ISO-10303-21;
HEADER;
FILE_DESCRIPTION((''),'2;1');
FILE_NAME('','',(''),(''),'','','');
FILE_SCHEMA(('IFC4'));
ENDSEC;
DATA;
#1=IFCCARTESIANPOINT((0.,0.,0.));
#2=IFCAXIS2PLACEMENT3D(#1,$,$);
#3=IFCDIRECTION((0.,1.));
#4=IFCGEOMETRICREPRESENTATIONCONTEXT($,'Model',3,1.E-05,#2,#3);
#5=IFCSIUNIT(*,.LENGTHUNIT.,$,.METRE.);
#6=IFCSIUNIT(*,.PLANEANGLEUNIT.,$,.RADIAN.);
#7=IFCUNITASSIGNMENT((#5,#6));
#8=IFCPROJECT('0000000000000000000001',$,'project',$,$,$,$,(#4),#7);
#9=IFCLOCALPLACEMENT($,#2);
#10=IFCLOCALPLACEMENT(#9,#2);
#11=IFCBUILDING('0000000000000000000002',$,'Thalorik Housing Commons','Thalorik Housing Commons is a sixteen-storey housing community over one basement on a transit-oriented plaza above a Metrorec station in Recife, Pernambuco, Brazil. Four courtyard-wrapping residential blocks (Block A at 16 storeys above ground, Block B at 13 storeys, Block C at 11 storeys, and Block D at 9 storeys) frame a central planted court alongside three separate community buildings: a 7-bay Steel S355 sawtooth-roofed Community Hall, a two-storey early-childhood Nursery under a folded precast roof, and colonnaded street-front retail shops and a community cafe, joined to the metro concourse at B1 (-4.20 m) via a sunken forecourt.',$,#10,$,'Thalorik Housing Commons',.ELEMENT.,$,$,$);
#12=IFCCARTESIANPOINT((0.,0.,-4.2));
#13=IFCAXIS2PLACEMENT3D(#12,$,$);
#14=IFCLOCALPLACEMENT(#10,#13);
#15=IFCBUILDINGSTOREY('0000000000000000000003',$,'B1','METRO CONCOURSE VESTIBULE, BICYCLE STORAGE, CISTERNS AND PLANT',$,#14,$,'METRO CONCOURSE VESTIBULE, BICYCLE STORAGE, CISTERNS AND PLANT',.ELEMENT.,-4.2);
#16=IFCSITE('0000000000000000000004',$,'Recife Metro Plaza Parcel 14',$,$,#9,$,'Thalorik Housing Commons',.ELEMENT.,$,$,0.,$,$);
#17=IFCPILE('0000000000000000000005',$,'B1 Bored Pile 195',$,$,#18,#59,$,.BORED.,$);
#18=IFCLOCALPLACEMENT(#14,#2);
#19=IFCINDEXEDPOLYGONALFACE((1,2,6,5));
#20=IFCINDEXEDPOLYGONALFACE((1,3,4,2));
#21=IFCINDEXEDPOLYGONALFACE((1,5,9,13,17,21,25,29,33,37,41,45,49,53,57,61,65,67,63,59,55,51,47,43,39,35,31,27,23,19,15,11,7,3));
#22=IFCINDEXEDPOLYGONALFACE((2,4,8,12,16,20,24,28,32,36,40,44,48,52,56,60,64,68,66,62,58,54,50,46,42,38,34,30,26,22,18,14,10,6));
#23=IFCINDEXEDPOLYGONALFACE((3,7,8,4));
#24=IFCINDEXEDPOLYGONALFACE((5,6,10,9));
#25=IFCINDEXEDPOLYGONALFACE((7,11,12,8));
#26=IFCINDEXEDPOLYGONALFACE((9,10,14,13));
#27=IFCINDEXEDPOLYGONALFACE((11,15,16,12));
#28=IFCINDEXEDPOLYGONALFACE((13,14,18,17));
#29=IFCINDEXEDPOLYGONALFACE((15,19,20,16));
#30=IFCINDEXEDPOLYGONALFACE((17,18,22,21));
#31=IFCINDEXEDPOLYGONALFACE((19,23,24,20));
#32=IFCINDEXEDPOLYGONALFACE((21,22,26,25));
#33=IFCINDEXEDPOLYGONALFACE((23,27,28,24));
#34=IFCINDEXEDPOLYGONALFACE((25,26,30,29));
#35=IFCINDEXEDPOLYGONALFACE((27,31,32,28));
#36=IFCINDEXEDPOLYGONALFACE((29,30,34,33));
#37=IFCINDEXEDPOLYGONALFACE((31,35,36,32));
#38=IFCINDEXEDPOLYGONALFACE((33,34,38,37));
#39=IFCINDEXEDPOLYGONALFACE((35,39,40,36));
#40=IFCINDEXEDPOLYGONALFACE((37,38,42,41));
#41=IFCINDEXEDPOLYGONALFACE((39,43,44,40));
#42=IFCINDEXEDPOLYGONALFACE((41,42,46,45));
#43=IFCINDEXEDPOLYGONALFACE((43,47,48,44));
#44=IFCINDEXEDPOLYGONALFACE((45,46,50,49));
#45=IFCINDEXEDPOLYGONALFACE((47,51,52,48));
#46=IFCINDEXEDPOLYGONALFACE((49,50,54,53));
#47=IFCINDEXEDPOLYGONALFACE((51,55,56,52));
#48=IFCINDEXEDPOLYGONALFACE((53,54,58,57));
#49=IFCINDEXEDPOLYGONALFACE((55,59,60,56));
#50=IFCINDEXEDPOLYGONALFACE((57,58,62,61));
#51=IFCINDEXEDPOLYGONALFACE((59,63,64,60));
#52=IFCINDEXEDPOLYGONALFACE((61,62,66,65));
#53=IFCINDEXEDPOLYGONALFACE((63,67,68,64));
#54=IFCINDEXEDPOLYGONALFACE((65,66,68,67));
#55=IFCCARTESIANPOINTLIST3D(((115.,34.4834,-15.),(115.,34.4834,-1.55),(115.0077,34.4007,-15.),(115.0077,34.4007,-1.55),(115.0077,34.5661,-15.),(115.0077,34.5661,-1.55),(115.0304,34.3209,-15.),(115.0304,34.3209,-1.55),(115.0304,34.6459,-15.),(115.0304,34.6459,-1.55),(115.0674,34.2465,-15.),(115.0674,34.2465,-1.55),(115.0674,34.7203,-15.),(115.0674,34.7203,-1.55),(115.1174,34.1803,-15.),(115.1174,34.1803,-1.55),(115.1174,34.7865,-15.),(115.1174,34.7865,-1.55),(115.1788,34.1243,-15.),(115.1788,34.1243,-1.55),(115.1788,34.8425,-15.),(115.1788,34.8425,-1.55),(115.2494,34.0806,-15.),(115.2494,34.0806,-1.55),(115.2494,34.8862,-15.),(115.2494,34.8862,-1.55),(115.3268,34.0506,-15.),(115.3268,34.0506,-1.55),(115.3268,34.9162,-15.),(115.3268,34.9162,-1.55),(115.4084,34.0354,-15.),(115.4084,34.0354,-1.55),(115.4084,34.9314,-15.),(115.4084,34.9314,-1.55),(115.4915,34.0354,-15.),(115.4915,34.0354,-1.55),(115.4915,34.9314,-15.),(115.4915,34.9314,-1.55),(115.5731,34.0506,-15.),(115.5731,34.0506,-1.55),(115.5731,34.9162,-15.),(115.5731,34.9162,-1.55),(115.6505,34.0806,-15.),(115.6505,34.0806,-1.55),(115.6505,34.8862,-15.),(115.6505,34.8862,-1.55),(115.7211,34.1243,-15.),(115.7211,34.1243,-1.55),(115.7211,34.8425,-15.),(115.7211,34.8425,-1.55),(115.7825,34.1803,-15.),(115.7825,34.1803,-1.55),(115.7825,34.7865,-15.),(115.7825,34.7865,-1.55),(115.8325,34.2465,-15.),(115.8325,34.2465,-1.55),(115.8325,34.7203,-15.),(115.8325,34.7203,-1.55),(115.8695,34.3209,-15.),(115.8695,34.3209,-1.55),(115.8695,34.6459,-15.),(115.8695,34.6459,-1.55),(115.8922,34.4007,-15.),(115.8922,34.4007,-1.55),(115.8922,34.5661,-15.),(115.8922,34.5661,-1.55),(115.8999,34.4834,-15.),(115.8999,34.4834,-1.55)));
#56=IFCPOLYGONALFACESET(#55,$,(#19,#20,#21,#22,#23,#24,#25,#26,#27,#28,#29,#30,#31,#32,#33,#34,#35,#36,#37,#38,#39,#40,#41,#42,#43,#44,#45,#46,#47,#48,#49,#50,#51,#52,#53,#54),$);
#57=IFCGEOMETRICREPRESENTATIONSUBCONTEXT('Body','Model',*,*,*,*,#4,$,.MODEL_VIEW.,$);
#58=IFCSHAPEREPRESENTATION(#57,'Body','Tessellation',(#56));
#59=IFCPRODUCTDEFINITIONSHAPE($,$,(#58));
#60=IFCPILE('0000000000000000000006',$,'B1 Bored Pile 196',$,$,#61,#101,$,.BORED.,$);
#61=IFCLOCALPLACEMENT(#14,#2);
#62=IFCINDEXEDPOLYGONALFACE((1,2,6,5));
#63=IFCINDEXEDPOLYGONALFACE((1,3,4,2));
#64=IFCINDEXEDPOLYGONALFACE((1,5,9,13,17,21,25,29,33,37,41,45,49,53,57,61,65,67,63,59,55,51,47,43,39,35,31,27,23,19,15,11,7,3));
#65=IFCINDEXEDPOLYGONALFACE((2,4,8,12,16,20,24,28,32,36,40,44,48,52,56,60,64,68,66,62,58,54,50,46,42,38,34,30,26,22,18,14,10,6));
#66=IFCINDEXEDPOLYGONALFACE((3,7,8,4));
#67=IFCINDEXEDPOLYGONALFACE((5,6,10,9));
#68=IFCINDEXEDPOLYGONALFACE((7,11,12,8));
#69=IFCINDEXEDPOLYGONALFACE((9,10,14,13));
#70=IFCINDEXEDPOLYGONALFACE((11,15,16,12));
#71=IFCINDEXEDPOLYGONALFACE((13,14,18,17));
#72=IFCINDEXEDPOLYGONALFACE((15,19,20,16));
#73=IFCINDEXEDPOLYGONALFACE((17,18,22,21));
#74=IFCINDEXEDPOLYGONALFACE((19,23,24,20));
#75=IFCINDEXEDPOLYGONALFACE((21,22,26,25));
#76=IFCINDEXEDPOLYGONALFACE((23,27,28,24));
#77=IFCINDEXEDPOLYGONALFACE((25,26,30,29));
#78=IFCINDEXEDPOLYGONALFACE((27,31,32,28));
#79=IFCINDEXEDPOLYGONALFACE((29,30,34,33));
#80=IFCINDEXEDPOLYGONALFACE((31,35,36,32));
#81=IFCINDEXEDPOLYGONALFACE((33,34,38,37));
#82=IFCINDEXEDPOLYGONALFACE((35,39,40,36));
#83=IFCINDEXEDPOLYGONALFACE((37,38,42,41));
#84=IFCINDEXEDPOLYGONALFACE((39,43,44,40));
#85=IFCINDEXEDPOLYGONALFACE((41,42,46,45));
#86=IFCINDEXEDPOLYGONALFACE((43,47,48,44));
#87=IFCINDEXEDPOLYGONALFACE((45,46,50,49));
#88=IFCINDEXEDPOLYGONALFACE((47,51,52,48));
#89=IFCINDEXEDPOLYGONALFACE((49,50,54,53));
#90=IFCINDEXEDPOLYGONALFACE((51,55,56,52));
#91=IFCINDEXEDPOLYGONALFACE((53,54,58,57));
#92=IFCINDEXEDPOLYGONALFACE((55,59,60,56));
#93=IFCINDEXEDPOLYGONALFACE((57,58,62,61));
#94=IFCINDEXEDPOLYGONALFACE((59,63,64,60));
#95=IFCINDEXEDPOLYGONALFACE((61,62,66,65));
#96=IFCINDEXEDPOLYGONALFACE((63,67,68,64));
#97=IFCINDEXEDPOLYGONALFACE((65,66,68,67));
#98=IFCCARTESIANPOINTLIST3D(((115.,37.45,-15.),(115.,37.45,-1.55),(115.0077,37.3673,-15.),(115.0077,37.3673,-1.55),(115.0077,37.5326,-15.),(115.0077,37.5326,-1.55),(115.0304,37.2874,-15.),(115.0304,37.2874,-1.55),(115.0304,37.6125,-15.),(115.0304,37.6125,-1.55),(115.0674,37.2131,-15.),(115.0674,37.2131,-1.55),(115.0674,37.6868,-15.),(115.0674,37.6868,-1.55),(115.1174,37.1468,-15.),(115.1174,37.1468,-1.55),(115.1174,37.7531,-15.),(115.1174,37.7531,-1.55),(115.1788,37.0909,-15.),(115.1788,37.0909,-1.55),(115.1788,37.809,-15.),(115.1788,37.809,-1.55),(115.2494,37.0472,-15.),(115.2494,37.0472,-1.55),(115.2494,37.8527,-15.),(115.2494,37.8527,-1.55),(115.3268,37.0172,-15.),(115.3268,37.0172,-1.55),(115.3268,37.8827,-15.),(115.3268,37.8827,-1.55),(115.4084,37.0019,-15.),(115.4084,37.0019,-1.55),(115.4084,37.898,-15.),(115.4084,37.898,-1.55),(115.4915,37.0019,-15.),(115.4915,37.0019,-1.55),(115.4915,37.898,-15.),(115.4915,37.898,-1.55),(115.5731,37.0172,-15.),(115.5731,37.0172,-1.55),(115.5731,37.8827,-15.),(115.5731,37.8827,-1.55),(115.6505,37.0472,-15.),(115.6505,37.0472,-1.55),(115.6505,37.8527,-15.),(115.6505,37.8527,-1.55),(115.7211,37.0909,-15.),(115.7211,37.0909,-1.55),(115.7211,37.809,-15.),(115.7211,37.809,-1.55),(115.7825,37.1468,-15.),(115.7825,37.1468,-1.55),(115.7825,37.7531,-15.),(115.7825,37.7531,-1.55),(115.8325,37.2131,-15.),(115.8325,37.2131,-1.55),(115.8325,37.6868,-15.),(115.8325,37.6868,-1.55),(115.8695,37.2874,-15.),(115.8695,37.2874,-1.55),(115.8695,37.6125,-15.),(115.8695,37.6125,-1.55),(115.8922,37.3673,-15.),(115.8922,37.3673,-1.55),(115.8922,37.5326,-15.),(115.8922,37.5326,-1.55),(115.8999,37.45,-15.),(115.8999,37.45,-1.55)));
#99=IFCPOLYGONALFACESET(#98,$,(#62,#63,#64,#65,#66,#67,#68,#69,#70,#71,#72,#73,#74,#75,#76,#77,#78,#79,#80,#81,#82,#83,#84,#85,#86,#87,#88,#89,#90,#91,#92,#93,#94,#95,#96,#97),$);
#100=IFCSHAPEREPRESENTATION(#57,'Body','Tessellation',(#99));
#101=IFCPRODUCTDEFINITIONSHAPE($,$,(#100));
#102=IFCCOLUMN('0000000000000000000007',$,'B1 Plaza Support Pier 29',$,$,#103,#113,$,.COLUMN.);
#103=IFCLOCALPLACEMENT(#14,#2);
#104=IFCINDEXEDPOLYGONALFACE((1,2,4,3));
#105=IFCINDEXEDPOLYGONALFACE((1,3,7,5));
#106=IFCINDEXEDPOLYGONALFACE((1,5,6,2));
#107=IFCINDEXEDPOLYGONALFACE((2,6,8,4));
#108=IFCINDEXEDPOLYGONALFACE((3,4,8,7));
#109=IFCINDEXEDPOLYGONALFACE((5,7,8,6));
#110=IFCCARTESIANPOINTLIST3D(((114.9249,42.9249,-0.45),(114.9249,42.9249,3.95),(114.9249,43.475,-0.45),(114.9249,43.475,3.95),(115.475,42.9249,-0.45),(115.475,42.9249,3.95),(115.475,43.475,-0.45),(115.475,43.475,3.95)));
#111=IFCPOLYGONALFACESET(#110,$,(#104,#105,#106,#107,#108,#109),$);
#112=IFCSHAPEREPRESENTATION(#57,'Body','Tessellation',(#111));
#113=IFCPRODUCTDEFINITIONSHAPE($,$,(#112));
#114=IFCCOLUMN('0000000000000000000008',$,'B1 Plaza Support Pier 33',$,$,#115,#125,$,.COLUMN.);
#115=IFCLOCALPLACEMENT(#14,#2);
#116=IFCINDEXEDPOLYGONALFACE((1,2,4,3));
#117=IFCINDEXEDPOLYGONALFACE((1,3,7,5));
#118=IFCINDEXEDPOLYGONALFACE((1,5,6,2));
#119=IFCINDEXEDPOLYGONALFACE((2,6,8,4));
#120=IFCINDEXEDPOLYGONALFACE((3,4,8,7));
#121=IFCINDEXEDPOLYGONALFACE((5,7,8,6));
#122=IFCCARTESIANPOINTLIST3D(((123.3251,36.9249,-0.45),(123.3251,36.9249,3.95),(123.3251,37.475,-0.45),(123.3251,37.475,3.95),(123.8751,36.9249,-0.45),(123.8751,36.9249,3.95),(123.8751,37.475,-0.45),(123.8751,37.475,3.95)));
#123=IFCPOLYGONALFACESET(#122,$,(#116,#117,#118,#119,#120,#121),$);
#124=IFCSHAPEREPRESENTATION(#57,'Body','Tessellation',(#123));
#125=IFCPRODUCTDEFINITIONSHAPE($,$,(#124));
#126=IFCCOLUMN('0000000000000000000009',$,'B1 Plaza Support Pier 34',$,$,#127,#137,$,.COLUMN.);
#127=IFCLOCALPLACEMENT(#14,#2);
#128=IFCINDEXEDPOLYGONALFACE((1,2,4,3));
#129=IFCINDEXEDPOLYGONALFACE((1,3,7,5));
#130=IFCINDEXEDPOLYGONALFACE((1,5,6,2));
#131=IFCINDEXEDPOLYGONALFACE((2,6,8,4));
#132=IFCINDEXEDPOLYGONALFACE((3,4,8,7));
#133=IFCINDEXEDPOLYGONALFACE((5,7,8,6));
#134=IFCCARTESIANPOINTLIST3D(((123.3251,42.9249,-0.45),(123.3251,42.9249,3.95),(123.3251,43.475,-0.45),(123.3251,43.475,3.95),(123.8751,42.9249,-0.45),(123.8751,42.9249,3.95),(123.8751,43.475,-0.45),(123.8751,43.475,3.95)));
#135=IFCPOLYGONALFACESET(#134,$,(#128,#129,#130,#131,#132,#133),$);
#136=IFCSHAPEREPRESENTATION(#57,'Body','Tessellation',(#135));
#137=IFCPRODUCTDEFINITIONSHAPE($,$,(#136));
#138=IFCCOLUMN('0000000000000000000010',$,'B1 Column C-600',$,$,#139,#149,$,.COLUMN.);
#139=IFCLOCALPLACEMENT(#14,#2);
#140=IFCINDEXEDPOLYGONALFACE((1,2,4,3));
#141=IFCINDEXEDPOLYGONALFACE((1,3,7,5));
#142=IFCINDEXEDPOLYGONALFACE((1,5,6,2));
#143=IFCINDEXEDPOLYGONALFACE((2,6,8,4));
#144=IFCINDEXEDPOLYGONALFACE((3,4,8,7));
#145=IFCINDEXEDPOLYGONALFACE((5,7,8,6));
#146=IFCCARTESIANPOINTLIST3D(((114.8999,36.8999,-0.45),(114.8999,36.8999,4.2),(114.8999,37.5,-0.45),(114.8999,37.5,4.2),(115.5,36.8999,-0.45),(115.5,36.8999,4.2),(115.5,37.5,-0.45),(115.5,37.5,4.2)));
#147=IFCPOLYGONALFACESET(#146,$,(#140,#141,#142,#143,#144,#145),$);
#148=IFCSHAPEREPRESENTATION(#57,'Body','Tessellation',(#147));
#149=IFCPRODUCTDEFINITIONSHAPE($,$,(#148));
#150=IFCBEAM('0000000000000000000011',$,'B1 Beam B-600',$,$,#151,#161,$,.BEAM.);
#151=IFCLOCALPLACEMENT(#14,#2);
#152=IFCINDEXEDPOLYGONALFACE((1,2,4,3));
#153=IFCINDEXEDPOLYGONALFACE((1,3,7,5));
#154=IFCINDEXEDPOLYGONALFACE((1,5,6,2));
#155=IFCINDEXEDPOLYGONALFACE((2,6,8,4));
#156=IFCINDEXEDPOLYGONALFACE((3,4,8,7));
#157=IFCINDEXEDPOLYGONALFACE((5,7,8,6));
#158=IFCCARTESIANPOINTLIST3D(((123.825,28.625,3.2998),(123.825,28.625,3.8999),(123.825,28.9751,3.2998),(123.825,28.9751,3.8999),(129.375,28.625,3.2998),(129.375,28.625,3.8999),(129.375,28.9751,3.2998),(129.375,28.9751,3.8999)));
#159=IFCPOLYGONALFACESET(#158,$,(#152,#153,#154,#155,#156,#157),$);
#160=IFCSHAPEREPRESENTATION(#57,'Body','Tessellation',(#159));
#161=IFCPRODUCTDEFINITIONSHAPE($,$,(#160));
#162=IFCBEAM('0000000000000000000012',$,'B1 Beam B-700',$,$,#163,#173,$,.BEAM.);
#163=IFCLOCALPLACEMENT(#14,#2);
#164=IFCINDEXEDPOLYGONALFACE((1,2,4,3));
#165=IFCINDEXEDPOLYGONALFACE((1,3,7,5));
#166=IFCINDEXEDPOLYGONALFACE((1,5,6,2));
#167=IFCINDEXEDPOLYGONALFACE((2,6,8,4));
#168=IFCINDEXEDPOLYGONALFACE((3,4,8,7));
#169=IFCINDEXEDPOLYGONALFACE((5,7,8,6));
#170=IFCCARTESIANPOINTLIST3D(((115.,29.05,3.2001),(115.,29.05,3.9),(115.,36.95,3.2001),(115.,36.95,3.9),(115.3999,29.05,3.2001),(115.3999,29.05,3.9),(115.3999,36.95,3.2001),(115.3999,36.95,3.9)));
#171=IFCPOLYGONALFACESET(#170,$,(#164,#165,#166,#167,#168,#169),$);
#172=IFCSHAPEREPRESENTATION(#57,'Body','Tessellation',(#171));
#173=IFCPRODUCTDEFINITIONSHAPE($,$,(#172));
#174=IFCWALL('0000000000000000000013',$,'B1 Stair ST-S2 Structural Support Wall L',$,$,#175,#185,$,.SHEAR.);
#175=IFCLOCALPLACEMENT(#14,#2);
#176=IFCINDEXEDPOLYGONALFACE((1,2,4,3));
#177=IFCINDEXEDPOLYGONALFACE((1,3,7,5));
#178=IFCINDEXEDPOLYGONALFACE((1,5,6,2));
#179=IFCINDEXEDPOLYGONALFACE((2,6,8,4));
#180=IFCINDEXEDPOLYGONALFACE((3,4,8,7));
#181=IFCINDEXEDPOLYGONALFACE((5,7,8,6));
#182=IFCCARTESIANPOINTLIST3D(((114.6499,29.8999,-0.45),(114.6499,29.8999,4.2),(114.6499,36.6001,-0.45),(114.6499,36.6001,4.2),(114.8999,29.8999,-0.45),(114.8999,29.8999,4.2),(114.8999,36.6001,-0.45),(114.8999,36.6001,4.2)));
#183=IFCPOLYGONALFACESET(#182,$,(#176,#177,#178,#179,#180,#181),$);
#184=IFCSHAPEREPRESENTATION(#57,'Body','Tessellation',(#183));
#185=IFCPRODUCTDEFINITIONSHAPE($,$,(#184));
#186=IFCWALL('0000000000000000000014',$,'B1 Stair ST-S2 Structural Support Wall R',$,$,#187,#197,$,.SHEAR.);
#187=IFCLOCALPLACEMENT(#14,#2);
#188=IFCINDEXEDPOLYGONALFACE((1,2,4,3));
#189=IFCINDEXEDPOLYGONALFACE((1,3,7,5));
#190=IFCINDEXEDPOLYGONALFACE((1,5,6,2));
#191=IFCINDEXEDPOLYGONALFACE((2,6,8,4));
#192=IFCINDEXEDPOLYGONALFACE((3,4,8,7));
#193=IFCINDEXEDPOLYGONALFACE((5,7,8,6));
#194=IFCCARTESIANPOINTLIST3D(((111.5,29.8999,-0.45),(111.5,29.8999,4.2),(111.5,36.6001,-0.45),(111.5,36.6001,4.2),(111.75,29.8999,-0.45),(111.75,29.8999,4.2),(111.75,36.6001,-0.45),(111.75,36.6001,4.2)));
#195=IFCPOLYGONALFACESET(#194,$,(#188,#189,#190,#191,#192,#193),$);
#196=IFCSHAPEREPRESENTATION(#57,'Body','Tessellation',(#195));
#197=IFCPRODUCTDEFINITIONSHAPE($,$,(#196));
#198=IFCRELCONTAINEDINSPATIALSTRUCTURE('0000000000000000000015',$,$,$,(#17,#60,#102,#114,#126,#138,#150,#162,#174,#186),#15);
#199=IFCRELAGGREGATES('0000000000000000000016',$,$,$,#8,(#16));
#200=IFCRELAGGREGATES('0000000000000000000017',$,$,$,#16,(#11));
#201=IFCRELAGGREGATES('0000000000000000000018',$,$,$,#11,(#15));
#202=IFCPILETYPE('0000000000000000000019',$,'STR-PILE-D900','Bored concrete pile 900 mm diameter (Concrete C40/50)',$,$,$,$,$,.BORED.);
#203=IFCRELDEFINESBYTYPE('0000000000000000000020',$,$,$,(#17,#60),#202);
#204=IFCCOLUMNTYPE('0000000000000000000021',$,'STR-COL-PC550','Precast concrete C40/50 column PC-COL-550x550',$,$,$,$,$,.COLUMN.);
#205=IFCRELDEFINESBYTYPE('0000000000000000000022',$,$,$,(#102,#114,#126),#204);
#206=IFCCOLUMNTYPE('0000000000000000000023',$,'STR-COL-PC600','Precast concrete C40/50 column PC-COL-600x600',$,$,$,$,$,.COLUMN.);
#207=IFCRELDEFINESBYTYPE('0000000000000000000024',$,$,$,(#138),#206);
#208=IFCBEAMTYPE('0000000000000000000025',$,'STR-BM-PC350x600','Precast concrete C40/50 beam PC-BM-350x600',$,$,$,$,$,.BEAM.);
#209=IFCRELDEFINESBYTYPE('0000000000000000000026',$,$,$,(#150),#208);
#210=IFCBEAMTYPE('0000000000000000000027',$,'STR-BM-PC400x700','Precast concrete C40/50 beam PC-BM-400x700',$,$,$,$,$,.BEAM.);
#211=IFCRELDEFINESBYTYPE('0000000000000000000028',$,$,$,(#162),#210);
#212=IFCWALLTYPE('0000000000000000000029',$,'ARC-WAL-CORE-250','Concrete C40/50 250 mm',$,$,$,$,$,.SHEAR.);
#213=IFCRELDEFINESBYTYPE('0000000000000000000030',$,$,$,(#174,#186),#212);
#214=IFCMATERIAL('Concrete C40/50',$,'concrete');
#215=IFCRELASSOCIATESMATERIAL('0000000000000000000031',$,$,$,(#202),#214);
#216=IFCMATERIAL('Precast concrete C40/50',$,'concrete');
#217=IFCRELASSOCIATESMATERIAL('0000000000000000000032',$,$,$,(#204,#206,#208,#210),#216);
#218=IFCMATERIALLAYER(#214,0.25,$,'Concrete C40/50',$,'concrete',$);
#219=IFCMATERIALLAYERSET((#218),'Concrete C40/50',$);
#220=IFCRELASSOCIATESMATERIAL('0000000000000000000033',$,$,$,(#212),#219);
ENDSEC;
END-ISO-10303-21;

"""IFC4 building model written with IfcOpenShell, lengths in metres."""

from ifc_helpers import new_model, si_unit, direction, frame, frame_2d, origin, origin_2d, place, context, subcontext, project, spatial, rectangle, circle, extrude, material, layer, layer_set, material_profile, profile_set, type_object, element, save


model = new_model("IFC4")

# Units and contexts
model_context = context("Model", 3, precision=1e-05, world=origin(), true_north=direction((0.0, 1.0)))
body_context = subcontext(model_context, "Body", "Model", "MODEL_VIEW")
ifc_project = project(units=[si_unit("LENGTHUNIT", "METRE"), si_unit("PLANEANGLEUNIT", "RADIAN")], contexts=[model_context])

# Site, building, storey
site_placement = place(None, origin())
site = spatial("IfcSite", under=ifc_project, at=site_placement, Name="Recife Metro Plaza Parcel 14", LongName="Thalorik Housing Commons", CompositionType="ELEMENT", RefElevation=0.0)
building_placement = place(site_placement, origin())
building = spatial("IfcBuilding", under=site, at=building_placement, Name="Thalorik Housing Commons", Description="Thalorik Housing Commons is a sixteen-storey housing community over one basement on a transit-oriented plaza above a Metrorec station in Recife, Pernambuco, Brazil. Four courtyard-wrapping residential blocks (Block A at 16 storeys above ground, Block B at 13 storeys, Block C at 11 storeys, and Block D at 9 storeys) frame a central planted court alongside three separate community buildings: a 7-bay Steel S355 sawtooth-roofed Community Hall, a two-storey early-childhood Nursery under a folded precast roof, and colonnaded street-front retail shops and a community cafe, joined to the metro concourse at B1 (-4.20 m) via a sunken forecourt.", LongName="Thalorik Housing Commons", CompositionType="ELEMENT")
storey_placement = place(building_placement, frame((0.0, 0.0, -4.2)))
storey = spatial("IfcBuildingStorey", under=building, at=storey_placement, Name="B1", Description="METRO CONCOURSE VESTIBULE, BICYCLE STORAGE, CISTERNS AND PLANT", LongName="METRO CONCOURSE VESTIBULE, BICYCLE STORAGE, CISTERNS AND PLANT", CompositionType="ELEMENT", Elevation=-4.2)

# Shared definitions
ifc_material_1 = material(Name="Concrete C40/50", Category="concrete")

# Piles
ifc_material_profile_1 = material_profile(ifc_material_1, circle(Radius=0.45, at=origin_2d()), Name="BORED PILE D900", Category="concrete")
ifc_profile_set_1 = profile_set([ifc_material_profile_1], Name="Concrete C40/50")
pile_type_1 = type_object("IfcPileType", Name="STR-PILE-D900", Description="Bored concrete pile 900 mm diameter (Concrete C40/50)", PredefinedType="BORED", material=ifc_profile_set_1)
for number, where, z_axis, x_axis, name in (
    (1, (115.45, 34.4834, -1.55), (0.0, 0.0, -1.0), (1.0, 0.0, 0.0), "B1 Bored Pile 195"),
    (2, (115.45, 37.45, -1.55), (0.0, 0.0, -1.0), (1.0, 0.0, 0.0), "B1 Bored Pile 196"),
):
    element("IfcPile", number, at=place(storey_placement, frame(where, z_axis=z_axis, x_axis=x_axis)), inside=storey, type_object=pile_type_1, Name=name, PredefinedType="BORED", context=body_context, shape_type="SweptSolid", body=[
        extrude(circle(Radius=0.45, at=origin_2d()), origin(), (0.0, 0.0, 1.0), 13.45),
    ])

# Columns
ifc_material_2 = material(Name="Precast concrete C40/50", Category="concrete")
ifc_material_profile_2 = material_profile(ifc_material_2, rectangle(XDim=0.55, YDim=0.55, at=origin_2d()), Name="PC 550x550", Category="concrete")
ifc_profile_set_2 = profile_set([ifc_material_profile_2], Name="Precast concrete C40/50")
column_type_1 = type_object("IfcColumnType", Name="STR-COL-PC550", Description="Precast concrete C40/50 column PC-COL-550x550", PredefinedType="COLUMN", material=ifc_profile_set_2)
for number, where, z_axis, x_axis, name in (
    (3, (115.2, 43.2, -0.45), (0.0, 0.0, 1.0), (1.0, 0.0, 0.0), "B1 Plaza Support Pier 29"),
    (4, (123.6001, 37.2, -0.45), (0.0, 0.0, 1.0), (1.0, 0.0, 0.0), "B1 Plaza Support Pier 33"),
    (5, (123.6001, 43.2, -0.45), (0.0, 0.0, 1.0), (1.0, 0.0, 0.0), "B1 Plaza Support Pier 34"),
):
    element("IfcColumn", number, at=place(storey_placement, frame(where, z_axis=z_axis, x_axis=x_axis)), inside=storey, type_object=column_type_1, Name=name, PredefinedType="COLUMN", context=body_context, shape_type="SweptSolid", body=[
        extrude(rectangle(XDim=0.55, YDim=0.55, at=origin_2d()), origin(), (0.0, 0.0, 1.0), 4.3999),
    ])
ifc_material_profile_3 = material_profile(ifc_material_2, rectangle(XDim=0.6001, YDim=0.6001, at=origin_2d()), Name="PC 600x600", Category="concrete")
ifc_profile_set_3 = profile_set([ifc_material_profile_3], Name="Precast concrete C40/50")
column_type_2 = type_object("IfcColumnType", Name="STR-COL-PC600", Description="Precast concrete C40/50 column PC-COL-600x600", PredefinedType="COLUMN", material=ifc_profile_set_3)
column_placement = place(storey_placement, frame((115.2, 37.2, -0.45), z_axis=(0.0, 0.0, 1.0), x_axis=(1.0, 0.0, 0.0)))
element("IfcColumn", 6, at=column_placement, inside=storey, type_object=column_type_2, Name="B1 Column C-600", PredefinedType="COLUMN", context=body_context, shape_type="SweptSolid", body=[
    extrude(rectangle(XDim=0.6001, YDim=0.6001, at=origin_2d()), origin(), (0.0, 0.0, 1.0), 4.6499),
])

# Beams
ifc_material_profile_4 = material_profile(ifc_material_2, rectangle(XDim=0.3501, YDim=0.6001, at=origin_2d()), Name="PC 350x600", Category="concrete")
ifc_profile_set_4 = profile_set([ifc_material_profile_4], Name="Precast concrete C40/50")
beam_type_1 = type_object("IfcBeamType", Name="STR-BM-PC350x600", Description="Precast concrete C40/50 beam PC-BM-350x600", PredefinedType="BEAM", material=ifc_profile_set_4)
beam_1_placement = place(storey_placement, frame((123.825, 28.8, 3.5999), z_axis=(1.0, 0.0, 0.0), x_axis=(0.0, 1.0, 0.0)))
element("IfcBeam", 7, at=beam_1_placement, inside=storey, type_object=beam_type_1, Name="B1 Beam B-600", PredefinedType="BEAM", context=body_context, shape_type="SweptSolid", body=[
    extrude(rectangle(XDim=0.3501, YDim=0.6001, at=origin_2d()), origin(), (0.0, 0.0, 1.0), 5.55),
])
ifc_material_profile_5 = material_profile(ifc_material_2, rectangle(XDim=0.3999, YDim=0.7, at=origin_2d()), Name="PC 400x700", Category="concrete")
ifc_profile_set_5 = profile_set([ifc_material_profile_5], Name="Precast concrete C40/50")
beam_type_2 = type_object("IfcBeamType", Name="STR-BM-PC400x700", Description="Precast concrete C40/50 beam PC-BM-400x700", PredefinedType="BEAM", material=ifc_profile_set_5)
beam_2_placement = place(storey_placement, frame((115.2, 29.05, 3.55), z_axis=(0.0, 1.0, 0.0), x_axis=(-1.0, 0.0, 0.0)))
element("IfcBeam", 8, at=beam_2_placement, inside=storey, type_object=beam_type_2, Name="B1 Beam B-700", PredefinedType="BEAM", context=body_context, shape_type="SweptSolid", body=[
    extrude(rectangle(XDim=0.3999, YDim=0.7, at=origin_2d()), origin(), (0.0, 0.0, 1.0), 7.8999),
])

# Walls
ifc_layer = layer(ifc_material_1, 0.25, Name="Concrete C40/50", Category="concrete")
ifc_layer_set = layer_set([ifc_layer], Name="Concrete C40/50")
wall_type = type_object("IfcWallType", Name="ARC-WAL-CORE-250", Description="Concrete C40/50 250 mm", PredefinedType="SHEAR", material=ifc_layer_set)
for number, where, z_axis, x_axis, name in (
    (9, (114.7749, 29.8999, -0.45), (0.0, 0.0, 1.0), (0.0, 1.0, 0.0), "B1 Stair ST-S2 Structural Support Wall L"),
    (10, (111.625, 29.8999, -0.45), (0.0, 0.0, 1.0), (0.0, 1.0, 0.0), "B1 Stair ST-S2 Structural Support Wall R"),
):
    element("IfcWall", number, at=place(storey_placement, frame(where, z_axis=z_axis, x_axis=x_axis)), inside=storey, type_object=wall_type, Name=name, PredefinedType="SHEAR", context=body_context, shape_type="SweptSolid", body=[
        extrude(rectangle(XDim=6.7002, YDim=0.25, at=frame_2d((3.3501, 0.0))), origin(), (0.0, 0.0, 1.0), 4.6499),
    ])

save(model, "model.ifc")
